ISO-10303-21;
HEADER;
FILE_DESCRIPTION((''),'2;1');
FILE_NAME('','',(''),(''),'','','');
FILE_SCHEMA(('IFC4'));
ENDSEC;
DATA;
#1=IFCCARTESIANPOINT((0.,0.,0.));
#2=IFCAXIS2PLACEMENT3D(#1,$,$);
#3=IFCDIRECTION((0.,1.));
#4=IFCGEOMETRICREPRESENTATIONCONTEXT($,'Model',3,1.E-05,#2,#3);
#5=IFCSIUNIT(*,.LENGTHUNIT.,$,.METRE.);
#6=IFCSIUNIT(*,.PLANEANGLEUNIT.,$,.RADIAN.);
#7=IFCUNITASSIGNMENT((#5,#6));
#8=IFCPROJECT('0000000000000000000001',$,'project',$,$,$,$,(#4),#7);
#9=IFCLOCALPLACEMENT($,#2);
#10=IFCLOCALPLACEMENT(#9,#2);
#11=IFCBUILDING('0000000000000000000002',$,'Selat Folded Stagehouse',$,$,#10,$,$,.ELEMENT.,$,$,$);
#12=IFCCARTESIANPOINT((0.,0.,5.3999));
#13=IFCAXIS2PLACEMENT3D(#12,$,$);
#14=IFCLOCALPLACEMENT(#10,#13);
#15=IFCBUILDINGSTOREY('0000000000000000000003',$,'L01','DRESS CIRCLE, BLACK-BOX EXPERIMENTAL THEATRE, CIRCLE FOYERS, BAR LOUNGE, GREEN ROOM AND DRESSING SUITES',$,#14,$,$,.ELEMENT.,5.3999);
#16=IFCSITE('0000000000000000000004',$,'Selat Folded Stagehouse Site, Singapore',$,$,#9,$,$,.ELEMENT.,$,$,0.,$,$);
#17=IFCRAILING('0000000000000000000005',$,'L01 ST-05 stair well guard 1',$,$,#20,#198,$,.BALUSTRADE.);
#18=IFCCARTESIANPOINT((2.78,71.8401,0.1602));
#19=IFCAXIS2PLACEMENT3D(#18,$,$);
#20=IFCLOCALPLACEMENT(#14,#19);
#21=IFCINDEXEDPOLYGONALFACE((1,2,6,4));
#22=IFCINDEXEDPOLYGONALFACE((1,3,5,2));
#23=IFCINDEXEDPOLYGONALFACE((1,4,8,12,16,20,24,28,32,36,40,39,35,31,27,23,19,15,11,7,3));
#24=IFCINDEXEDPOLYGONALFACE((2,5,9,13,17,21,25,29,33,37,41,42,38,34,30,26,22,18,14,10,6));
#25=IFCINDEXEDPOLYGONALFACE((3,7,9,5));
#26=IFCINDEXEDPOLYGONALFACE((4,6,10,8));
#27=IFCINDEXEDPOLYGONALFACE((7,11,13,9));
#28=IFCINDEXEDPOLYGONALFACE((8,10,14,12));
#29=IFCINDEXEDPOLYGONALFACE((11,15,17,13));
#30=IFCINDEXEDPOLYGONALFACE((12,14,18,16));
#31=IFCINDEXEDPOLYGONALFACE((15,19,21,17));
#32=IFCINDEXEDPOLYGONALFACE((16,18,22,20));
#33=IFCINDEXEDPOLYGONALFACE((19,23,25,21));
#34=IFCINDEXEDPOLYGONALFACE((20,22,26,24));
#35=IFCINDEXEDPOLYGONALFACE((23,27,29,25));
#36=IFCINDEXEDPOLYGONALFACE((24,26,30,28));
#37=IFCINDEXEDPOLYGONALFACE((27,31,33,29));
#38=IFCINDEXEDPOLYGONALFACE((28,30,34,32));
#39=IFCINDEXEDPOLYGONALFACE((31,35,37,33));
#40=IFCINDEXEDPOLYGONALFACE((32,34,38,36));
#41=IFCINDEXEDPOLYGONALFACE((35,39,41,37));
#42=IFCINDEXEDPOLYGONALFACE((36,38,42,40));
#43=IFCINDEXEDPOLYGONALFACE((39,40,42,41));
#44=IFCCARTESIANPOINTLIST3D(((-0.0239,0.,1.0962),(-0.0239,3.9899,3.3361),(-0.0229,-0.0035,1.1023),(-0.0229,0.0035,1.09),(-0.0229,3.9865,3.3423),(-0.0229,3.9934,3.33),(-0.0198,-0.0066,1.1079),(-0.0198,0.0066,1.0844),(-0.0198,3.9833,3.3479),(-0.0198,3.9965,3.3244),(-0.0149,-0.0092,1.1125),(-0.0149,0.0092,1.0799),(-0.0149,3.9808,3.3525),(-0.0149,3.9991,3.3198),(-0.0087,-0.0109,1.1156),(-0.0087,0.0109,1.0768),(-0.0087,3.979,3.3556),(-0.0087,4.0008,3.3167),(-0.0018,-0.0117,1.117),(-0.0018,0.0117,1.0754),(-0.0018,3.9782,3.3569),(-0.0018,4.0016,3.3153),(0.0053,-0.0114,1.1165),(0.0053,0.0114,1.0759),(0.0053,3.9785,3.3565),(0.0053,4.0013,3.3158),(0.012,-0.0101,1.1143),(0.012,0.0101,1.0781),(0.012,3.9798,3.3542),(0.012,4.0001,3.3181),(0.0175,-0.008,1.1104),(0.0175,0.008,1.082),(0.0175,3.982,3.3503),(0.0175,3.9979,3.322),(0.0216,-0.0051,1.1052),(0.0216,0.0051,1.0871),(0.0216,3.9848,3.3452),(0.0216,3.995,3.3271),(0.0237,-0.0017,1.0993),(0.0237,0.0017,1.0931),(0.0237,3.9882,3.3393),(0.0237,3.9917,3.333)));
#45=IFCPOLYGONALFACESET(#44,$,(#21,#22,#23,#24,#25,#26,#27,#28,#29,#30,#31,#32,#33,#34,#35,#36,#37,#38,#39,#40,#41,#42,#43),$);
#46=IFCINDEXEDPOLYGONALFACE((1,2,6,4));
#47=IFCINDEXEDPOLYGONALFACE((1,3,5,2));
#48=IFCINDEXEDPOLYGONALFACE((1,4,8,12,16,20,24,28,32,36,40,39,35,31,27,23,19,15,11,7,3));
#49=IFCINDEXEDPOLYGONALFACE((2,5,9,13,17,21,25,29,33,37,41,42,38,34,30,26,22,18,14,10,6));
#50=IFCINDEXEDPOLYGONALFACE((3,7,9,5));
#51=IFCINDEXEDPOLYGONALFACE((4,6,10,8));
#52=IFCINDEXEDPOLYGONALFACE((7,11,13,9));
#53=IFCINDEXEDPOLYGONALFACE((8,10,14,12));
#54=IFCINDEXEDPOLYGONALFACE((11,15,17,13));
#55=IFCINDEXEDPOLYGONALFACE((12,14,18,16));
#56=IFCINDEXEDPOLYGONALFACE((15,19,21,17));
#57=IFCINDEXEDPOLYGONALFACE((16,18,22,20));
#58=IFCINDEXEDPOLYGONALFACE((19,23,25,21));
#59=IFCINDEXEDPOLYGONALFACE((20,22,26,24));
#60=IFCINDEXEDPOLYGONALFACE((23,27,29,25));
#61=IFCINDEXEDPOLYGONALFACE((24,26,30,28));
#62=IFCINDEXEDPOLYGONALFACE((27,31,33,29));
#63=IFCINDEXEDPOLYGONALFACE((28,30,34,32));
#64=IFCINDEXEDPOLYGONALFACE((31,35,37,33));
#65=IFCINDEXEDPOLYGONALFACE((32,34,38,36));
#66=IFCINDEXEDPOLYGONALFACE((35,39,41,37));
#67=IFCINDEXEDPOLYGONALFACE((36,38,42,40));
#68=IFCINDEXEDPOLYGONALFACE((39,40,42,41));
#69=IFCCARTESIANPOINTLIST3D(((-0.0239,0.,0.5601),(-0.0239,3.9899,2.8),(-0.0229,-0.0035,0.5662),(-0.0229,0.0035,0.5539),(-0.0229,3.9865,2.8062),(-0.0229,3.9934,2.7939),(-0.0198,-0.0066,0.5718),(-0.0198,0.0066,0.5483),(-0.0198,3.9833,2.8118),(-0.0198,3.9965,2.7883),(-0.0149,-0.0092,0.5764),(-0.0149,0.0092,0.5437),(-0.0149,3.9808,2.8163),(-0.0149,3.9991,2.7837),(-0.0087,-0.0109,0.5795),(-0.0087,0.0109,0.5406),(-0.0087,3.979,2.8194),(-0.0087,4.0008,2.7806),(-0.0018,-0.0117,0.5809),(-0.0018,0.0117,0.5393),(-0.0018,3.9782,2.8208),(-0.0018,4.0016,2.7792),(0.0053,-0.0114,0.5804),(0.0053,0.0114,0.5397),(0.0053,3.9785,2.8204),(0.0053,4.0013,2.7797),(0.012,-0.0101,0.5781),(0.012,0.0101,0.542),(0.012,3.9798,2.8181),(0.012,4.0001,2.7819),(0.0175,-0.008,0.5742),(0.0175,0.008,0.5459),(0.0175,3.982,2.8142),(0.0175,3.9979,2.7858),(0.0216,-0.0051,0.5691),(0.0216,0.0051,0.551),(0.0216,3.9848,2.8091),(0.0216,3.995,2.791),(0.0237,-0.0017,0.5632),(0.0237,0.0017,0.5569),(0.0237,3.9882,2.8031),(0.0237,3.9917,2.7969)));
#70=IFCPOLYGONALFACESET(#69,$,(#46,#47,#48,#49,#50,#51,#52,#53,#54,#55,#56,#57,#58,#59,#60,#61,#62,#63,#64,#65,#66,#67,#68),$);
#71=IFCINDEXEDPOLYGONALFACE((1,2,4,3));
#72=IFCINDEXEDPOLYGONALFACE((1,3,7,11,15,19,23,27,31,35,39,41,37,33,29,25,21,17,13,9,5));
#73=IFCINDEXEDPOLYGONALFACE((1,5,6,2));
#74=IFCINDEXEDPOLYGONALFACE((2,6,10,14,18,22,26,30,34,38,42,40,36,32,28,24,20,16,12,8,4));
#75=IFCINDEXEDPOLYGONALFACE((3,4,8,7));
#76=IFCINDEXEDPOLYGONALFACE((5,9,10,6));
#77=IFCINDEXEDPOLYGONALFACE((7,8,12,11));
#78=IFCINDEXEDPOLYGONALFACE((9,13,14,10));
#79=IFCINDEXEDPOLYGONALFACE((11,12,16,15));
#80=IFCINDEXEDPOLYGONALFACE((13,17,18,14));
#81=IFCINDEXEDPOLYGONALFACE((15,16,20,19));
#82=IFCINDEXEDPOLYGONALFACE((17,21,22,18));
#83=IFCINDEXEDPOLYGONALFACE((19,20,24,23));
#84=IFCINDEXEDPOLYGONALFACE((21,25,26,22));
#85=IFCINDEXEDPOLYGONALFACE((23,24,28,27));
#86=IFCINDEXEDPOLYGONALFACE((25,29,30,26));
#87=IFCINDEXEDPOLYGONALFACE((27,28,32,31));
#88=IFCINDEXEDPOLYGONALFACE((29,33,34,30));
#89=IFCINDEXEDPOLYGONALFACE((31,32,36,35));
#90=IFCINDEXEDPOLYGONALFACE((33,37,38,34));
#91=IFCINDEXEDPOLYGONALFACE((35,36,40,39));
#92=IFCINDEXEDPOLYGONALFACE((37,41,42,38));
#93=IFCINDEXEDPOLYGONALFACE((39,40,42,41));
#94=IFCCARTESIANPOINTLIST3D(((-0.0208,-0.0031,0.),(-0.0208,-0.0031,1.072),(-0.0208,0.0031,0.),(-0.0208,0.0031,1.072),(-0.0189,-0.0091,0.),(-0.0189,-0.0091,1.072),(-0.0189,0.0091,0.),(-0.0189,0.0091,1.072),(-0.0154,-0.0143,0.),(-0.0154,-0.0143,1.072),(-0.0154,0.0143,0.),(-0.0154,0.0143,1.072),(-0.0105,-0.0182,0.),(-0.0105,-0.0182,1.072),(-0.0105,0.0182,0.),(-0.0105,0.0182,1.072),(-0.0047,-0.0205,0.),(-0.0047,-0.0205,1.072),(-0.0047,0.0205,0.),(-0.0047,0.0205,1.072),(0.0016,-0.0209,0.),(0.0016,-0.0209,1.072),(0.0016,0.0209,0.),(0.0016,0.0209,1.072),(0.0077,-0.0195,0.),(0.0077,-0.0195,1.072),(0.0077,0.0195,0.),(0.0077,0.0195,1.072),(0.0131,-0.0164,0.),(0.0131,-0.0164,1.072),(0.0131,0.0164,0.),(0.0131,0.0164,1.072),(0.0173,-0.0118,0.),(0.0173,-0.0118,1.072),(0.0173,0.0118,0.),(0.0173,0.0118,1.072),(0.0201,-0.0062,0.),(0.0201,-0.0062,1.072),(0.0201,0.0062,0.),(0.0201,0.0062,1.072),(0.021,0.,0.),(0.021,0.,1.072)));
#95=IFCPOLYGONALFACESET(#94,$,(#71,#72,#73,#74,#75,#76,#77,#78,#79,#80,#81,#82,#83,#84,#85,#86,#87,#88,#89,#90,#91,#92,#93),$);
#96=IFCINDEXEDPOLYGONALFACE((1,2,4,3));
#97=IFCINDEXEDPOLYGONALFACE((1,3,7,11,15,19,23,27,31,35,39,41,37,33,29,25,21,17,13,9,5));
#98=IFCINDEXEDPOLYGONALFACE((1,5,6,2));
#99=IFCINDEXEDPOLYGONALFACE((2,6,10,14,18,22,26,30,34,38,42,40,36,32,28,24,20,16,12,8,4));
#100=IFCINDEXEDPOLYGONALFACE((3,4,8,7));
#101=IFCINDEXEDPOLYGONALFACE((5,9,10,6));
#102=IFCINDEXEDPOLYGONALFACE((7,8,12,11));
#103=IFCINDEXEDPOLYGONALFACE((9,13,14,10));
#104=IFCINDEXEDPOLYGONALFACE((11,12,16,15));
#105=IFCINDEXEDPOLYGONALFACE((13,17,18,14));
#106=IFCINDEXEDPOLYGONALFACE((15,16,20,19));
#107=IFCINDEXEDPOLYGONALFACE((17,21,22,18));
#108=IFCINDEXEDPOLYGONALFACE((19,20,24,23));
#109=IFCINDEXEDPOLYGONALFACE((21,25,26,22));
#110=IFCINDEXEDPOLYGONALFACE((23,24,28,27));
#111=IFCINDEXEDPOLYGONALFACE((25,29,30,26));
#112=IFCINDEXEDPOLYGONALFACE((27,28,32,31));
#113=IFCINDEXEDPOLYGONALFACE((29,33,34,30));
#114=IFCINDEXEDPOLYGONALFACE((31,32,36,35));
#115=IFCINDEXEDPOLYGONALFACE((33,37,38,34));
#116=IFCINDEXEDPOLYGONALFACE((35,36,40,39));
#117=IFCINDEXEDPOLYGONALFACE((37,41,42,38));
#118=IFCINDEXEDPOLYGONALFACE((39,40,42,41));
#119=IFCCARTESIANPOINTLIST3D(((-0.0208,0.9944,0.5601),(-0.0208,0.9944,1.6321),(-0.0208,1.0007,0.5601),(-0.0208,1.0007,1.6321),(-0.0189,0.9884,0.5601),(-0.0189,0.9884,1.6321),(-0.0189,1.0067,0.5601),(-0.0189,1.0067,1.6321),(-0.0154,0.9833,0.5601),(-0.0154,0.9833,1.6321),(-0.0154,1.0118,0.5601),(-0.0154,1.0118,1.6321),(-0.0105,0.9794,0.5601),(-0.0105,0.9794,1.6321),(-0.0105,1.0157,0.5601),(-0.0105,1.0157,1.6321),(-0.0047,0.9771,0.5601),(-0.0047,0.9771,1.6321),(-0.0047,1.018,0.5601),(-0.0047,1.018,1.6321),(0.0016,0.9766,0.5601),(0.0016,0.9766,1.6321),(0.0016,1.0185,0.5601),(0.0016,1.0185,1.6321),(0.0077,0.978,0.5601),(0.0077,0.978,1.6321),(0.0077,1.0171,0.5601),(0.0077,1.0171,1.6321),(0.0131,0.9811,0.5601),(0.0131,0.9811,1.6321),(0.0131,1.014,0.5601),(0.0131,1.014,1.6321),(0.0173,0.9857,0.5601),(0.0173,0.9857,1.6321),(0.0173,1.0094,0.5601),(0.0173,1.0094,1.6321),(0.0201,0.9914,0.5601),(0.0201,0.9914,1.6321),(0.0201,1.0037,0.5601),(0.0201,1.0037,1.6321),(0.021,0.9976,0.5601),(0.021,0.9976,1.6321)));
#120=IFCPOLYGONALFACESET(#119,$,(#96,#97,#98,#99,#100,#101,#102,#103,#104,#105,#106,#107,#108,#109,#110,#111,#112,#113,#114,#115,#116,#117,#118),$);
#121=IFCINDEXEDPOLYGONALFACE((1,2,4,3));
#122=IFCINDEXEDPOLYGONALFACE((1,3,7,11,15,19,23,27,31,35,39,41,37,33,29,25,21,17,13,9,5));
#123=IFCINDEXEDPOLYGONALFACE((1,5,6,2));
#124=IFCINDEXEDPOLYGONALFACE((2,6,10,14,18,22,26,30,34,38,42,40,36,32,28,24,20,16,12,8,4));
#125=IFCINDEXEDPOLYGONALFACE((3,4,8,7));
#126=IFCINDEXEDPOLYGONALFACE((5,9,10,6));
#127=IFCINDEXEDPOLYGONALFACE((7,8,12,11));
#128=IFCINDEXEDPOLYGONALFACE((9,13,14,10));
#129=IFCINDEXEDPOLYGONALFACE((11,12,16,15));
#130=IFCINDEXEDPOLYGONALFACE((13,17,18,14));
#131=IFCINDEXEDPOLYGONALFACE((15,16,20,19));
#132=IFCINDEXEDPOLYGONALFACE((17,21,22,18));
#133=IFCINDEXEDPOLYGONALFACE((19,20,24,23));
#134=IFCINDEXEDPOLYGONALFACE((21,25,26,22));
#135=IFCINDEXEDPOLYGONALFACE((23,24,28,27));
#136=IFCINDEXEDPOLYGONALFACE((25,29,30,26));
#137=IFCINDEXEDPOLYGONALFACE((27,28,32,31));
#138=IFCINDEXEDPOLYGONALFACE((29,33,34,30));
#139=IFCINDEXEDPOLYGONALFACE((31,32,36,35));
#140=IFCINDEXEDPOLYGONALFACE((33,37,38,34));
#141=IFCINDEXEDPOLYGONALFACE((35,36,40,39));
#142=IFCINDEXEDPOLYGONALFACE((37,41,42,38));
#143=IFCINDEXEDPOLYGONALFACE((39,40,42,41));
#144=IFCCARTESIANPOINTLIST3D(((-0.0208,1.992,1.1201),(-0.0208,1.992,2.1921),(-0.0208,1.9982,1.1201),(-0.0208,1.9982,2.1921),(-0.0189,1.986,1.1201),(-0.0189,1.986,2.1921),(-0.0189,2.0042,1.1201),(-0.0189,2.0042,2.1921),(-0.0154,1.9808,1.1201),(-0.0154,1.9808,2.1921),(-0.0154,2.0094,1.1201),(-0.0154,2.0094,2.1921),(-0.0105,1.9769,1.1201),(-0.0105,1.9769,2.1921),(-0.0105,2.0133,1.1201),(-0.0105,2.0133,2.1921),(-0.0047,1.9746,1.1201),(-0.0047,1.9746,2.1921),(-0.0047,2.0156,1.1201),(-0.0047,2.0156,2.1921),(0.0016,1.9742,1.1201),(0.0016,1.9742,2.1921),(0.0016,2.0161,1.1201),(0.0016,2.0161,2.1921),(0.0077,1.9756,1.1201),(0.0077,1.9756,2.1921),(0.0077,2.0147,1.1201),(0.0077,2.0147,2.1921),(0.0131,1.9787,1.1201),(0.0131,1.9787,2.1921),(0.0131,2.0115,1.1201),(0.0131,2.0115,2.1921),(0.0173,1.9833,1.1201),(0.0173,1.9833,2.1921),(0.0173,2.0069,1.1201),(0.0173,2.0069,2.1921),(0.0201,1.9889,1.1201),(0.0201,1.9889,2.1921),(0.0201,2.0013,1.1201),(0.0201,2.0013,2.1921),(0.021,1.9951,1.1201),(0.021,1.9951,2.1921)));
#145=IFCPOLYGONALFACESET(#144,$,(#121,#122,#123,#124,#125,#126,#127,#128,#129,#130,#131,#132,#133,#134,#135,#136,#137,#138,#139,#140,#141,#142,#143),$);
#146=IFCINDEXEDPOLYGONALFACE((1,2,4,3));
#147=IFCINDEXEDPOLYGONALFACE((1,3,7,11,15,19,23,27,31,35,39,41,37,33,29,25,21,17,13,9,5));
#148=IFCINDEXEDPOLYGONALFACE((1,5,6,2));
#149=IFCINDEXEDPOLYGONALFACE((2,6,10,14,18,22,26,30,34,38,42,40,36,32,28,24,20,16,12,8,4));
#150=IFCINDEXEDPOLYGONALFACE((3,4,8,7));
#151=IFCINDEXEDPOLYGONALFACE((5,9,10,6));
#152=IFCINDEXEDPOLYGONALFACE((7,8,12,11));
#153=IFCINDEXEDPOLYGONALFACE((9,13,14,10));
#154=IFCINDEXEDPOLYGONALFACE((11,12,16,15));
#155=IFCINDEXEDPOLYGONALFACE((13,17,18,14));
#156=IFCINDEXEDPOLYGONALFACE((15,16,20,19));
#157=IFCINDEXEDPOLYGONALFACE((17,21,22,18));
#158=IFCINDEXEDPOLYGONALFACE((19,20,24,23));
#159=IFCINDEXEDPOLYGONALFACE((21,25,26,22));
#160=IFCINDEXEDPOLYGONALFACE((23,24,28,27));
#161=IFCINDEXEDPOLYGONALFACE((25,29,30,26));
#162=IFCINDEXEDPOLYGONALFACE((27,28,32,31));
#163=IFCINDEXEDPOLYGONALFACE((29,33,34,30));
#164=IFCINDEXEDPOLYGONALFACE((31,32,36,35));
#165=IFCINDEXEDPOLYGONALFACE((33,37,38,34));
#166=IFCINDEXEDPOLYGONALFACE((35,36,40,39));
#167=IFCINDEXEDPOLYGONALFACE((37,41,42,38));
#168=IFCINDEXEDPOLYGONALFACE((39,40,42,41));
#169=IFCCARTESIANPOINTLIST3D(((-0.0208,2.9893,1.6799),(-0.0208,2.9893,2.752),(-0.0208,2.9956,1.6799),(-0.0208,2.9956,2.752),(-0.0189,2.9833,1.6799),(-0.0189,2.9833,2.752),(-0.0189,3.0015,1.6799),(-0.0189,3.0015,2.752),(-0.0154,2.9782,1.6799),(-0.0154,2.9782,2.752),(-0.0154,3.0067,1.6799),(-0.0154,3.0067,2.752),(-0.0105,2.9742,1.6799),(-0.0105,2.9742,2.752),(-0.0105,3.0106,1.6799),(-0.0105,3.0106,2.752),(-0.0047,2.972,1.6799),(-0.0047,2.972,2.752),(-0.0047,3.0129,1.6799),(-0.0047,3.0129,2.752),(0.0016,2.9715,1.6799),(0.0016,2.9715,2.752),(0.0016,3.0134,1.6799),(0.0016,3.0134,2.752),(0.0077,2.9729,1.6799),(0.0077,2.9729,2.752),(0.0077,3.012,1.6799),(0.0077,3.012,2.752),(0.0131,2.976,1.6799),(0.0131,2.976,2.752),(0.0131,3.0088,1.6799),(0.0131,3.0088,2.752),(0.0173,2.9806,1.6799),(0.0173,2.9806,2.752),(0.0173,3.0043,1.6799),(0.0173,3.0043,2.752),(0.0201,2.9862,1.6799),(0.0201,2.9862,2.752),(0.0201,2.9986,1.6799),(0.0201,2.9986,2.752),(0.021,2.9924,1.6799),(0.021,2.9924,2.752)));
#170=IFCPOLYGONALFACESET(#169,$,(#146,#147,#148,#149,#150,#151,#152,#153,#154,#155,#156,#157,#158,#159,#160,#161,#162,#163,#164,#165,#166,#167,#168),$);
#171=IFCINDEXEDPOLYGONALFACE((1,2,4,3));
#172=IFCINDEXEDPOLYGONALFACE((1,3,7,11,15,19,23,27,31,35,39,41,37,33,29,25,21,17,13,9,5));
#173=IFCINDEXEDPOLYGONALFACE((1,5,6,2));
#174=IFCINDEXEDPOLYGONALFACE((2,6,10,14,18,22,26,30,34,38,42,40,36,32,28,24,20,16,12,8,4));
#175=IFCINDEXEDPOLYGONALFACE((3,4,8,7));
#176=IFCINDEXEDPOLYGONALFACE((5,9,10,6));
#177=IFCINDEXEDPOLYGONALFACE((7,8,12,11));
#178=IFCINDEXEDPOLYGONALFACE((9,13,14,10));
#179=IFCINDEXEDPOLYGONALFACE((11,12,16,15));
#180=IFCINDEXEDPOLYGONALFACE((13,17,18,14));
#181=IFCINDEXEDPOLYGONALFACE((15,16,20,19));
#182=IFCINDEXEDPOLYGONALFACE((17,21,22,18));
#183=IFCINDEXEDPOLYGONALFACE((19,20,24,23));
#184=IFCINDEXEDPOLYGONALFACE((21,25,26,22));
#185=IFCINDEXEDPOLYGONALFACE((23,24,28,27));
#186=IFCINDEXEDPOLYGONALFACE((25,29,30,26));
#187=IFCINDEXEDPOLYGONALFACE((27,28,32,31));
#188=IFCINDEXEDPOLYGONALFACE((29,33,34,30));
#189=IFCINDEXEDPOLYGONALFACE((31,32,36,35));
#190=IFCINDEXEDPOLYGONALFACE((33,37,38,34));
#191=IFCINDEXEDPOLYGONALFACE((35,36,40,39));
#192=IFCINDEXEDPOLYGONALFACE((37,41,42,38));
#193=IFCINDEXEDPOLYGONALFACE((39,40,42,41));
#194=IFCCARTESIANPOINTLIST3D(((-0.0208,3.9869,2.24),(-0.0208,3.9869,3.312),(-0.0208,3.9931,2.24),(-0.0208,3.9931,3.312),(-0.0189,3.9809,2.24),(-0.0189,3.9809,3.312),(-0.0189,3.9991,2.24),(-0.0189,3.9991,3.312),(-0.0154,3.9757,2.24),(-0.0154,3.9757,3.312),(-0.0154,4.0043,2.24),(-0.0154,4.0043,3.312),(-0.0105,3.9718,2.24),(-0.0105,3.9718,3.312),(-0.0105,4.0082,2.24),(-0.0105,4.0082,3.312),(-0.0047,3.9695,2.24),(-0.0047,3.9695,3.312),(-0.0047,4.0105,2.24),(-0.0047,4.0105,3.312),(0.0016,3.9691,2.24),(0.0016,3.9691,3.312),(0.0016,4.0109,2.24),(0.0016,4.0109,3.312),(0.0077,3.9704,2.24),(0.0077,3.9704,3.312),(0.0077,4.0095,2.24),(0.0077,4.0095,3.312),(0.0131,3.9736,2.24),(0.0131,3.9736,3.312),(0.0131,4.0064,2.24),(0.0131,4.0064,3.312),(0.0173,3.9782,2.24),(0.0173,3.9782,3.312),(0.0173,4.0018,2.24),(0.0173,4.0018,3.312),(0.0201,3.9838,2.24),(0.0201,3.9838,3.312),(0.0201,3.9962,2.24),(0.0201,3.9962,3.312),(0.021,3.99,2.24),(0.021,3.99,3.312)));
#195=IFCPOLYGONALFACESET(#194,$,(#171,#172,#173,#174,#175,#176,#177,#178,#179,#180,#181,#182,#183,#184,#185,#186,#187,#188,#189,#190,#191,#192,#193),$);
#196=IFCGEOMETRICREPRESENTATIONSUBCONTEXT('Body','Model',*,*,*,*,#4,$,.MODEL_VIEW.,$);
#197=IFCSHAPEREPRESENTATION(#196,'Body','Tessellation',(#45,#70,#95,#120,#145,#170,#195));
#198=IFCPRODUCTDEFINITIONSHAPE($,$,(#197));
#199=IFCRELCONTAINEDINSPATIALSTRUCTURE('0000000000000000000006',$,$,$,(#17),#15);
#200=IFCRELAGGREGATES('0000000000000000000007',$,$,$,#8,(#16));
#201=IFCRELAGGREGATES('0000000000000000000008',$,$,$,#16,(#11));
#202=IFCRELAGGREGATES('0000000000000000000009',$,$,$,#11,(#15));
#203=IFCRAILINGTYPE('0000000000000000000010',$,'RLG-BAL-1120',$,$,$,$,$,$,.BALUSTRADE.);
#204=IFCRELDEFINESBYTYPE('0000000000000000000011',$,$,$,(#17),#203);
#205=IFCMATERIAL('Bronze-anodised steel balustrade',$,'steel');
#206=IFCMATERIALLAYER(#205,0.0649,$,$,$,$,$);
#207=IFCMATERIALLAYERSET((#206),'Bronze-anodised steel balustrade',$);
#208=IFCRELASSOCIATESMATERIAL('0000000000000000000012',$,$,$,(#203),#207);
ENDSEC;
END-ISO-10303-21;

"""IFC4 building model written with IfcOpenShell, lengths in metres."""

from ifc_helpers import new_model, si_unit, direction, frame, origin, origin_2d, place, context, subcontext, project, spatial, circle, extrude, material, layer, layer_set, type_object, element, save


model = new_model("IFC4")

# Units and contexts
model_context = context("Model", 3, precision=1e-05, world=origin(), true_north=direction((0.0, 1.0)))
body_context = subcontext(model_context, "Body", "Model", "MODEL_VIEW")
ifc_project = project(units=[si_unit("LENGTHUNIT", "METRE"), si_unit("PLANEANGLEUNIT", "RADIAN")], contexts=[model_context])

# Site, building, storey
site_placement = place(None, origin())
site = spatial("IfcSite", under=ifc_project, at=site_placement, Name="Selat Folded Stagehouse Site, Singapore", CompositionType="ELEMENT", RefElevation=0.0)
building_placement = place(site_placement, origin())
building = spatial("IfcBuilding", under=site, at=building_placement, Name="Selat Folded Stagehouse", CompositionType="ELEMENT")
storey_placement = place(building_placement, frame((0.0, 0.0, 5.3999)))
storey = spatial("IfcBuildingStorey", under=building, at=storey_placement, Name="L01", Description="DRESS CIRCLE, BLACK-BOX EXPERIMENTAL THEATRE, CIRCLE FOYERS, BAR LOUNGE, GREEN ROOM AND DRESSING SUITES", CompositionType="ELEMENT", Elevation=5.3999)

# Railing
ifc_material_1 = material(Name="Bronze-anodised steel balustrade", Category="steel")
ifc_layer_1 = layer(ifc_material_1, 0.0649)
ifc_layer_set_1 = layer_set([ifc_layer_1], Name="Bronze-anodised steel balustrade")
railing_type_1 = type_object("IfcRailingType", Name="RLG-BAL-1120", PredefinedType="BALUSTRADE", material=ifc_layer_set_1)
railing_1_placement = place(storey_placement, frame((2.78, 71.8401, 0.1602)))
element("IfcRailing", 1, at=railing_1_placement, inside=storey, type_object=railing_type_1, Name="L01 ST-05 stair well guard 1", PredefinedType="BALUSTRADE", context=body_context, shape_type="SweptSolid", body=[
    extrude(circle(Radius=0.0239, at=origin_2d()), frame((0.0, 0.0, 1.0962), z_axis=(0.0, 0.871984, 0.489534), x_axis=(-1.0, 0.0, 0.0)), (0.0, 0.0, 1.0), 4.5757),
    extrude(circle(Radius=0.0239, at=origin_2d()), frame((0.0, 0.0, 0.5601), z_axis=(0.0, 0.871984, 0.489534), x_axis=(-1.0, 0.0, 0.0)), (0.0, 0.0, 1.0), 4.5757),
    extrude(circle(Radius=0.021, at=origin_2d()), origin(), (0.0, 0.0, 1.0), 1.072),
    extrude(circle(Radius=0.021, at=origin_2d()), frame((0.0, 0.9976, 0.5601)), (0.0, 0.0, 1.0), 1.072),
    extrude(circle(Radius=0.021, at=origin_2d()), frame((0.0, 1.9951, 1.1201)), (0.0, 0.0, 1.0), 1.072),
    extrude(circle(Radius=0.021, at=origin_2d()), frame((0.0, 2.9924, 1.6799)), (0.0, 0.0, 1.0), 1.072),
    extrude(circle(Radius=0.021, at=origin_2d()), frame((0.0, 3.99, 2.24)), (0.0, 0.0, 1.0), 1.072),
])

save(model, "model.ifc")
